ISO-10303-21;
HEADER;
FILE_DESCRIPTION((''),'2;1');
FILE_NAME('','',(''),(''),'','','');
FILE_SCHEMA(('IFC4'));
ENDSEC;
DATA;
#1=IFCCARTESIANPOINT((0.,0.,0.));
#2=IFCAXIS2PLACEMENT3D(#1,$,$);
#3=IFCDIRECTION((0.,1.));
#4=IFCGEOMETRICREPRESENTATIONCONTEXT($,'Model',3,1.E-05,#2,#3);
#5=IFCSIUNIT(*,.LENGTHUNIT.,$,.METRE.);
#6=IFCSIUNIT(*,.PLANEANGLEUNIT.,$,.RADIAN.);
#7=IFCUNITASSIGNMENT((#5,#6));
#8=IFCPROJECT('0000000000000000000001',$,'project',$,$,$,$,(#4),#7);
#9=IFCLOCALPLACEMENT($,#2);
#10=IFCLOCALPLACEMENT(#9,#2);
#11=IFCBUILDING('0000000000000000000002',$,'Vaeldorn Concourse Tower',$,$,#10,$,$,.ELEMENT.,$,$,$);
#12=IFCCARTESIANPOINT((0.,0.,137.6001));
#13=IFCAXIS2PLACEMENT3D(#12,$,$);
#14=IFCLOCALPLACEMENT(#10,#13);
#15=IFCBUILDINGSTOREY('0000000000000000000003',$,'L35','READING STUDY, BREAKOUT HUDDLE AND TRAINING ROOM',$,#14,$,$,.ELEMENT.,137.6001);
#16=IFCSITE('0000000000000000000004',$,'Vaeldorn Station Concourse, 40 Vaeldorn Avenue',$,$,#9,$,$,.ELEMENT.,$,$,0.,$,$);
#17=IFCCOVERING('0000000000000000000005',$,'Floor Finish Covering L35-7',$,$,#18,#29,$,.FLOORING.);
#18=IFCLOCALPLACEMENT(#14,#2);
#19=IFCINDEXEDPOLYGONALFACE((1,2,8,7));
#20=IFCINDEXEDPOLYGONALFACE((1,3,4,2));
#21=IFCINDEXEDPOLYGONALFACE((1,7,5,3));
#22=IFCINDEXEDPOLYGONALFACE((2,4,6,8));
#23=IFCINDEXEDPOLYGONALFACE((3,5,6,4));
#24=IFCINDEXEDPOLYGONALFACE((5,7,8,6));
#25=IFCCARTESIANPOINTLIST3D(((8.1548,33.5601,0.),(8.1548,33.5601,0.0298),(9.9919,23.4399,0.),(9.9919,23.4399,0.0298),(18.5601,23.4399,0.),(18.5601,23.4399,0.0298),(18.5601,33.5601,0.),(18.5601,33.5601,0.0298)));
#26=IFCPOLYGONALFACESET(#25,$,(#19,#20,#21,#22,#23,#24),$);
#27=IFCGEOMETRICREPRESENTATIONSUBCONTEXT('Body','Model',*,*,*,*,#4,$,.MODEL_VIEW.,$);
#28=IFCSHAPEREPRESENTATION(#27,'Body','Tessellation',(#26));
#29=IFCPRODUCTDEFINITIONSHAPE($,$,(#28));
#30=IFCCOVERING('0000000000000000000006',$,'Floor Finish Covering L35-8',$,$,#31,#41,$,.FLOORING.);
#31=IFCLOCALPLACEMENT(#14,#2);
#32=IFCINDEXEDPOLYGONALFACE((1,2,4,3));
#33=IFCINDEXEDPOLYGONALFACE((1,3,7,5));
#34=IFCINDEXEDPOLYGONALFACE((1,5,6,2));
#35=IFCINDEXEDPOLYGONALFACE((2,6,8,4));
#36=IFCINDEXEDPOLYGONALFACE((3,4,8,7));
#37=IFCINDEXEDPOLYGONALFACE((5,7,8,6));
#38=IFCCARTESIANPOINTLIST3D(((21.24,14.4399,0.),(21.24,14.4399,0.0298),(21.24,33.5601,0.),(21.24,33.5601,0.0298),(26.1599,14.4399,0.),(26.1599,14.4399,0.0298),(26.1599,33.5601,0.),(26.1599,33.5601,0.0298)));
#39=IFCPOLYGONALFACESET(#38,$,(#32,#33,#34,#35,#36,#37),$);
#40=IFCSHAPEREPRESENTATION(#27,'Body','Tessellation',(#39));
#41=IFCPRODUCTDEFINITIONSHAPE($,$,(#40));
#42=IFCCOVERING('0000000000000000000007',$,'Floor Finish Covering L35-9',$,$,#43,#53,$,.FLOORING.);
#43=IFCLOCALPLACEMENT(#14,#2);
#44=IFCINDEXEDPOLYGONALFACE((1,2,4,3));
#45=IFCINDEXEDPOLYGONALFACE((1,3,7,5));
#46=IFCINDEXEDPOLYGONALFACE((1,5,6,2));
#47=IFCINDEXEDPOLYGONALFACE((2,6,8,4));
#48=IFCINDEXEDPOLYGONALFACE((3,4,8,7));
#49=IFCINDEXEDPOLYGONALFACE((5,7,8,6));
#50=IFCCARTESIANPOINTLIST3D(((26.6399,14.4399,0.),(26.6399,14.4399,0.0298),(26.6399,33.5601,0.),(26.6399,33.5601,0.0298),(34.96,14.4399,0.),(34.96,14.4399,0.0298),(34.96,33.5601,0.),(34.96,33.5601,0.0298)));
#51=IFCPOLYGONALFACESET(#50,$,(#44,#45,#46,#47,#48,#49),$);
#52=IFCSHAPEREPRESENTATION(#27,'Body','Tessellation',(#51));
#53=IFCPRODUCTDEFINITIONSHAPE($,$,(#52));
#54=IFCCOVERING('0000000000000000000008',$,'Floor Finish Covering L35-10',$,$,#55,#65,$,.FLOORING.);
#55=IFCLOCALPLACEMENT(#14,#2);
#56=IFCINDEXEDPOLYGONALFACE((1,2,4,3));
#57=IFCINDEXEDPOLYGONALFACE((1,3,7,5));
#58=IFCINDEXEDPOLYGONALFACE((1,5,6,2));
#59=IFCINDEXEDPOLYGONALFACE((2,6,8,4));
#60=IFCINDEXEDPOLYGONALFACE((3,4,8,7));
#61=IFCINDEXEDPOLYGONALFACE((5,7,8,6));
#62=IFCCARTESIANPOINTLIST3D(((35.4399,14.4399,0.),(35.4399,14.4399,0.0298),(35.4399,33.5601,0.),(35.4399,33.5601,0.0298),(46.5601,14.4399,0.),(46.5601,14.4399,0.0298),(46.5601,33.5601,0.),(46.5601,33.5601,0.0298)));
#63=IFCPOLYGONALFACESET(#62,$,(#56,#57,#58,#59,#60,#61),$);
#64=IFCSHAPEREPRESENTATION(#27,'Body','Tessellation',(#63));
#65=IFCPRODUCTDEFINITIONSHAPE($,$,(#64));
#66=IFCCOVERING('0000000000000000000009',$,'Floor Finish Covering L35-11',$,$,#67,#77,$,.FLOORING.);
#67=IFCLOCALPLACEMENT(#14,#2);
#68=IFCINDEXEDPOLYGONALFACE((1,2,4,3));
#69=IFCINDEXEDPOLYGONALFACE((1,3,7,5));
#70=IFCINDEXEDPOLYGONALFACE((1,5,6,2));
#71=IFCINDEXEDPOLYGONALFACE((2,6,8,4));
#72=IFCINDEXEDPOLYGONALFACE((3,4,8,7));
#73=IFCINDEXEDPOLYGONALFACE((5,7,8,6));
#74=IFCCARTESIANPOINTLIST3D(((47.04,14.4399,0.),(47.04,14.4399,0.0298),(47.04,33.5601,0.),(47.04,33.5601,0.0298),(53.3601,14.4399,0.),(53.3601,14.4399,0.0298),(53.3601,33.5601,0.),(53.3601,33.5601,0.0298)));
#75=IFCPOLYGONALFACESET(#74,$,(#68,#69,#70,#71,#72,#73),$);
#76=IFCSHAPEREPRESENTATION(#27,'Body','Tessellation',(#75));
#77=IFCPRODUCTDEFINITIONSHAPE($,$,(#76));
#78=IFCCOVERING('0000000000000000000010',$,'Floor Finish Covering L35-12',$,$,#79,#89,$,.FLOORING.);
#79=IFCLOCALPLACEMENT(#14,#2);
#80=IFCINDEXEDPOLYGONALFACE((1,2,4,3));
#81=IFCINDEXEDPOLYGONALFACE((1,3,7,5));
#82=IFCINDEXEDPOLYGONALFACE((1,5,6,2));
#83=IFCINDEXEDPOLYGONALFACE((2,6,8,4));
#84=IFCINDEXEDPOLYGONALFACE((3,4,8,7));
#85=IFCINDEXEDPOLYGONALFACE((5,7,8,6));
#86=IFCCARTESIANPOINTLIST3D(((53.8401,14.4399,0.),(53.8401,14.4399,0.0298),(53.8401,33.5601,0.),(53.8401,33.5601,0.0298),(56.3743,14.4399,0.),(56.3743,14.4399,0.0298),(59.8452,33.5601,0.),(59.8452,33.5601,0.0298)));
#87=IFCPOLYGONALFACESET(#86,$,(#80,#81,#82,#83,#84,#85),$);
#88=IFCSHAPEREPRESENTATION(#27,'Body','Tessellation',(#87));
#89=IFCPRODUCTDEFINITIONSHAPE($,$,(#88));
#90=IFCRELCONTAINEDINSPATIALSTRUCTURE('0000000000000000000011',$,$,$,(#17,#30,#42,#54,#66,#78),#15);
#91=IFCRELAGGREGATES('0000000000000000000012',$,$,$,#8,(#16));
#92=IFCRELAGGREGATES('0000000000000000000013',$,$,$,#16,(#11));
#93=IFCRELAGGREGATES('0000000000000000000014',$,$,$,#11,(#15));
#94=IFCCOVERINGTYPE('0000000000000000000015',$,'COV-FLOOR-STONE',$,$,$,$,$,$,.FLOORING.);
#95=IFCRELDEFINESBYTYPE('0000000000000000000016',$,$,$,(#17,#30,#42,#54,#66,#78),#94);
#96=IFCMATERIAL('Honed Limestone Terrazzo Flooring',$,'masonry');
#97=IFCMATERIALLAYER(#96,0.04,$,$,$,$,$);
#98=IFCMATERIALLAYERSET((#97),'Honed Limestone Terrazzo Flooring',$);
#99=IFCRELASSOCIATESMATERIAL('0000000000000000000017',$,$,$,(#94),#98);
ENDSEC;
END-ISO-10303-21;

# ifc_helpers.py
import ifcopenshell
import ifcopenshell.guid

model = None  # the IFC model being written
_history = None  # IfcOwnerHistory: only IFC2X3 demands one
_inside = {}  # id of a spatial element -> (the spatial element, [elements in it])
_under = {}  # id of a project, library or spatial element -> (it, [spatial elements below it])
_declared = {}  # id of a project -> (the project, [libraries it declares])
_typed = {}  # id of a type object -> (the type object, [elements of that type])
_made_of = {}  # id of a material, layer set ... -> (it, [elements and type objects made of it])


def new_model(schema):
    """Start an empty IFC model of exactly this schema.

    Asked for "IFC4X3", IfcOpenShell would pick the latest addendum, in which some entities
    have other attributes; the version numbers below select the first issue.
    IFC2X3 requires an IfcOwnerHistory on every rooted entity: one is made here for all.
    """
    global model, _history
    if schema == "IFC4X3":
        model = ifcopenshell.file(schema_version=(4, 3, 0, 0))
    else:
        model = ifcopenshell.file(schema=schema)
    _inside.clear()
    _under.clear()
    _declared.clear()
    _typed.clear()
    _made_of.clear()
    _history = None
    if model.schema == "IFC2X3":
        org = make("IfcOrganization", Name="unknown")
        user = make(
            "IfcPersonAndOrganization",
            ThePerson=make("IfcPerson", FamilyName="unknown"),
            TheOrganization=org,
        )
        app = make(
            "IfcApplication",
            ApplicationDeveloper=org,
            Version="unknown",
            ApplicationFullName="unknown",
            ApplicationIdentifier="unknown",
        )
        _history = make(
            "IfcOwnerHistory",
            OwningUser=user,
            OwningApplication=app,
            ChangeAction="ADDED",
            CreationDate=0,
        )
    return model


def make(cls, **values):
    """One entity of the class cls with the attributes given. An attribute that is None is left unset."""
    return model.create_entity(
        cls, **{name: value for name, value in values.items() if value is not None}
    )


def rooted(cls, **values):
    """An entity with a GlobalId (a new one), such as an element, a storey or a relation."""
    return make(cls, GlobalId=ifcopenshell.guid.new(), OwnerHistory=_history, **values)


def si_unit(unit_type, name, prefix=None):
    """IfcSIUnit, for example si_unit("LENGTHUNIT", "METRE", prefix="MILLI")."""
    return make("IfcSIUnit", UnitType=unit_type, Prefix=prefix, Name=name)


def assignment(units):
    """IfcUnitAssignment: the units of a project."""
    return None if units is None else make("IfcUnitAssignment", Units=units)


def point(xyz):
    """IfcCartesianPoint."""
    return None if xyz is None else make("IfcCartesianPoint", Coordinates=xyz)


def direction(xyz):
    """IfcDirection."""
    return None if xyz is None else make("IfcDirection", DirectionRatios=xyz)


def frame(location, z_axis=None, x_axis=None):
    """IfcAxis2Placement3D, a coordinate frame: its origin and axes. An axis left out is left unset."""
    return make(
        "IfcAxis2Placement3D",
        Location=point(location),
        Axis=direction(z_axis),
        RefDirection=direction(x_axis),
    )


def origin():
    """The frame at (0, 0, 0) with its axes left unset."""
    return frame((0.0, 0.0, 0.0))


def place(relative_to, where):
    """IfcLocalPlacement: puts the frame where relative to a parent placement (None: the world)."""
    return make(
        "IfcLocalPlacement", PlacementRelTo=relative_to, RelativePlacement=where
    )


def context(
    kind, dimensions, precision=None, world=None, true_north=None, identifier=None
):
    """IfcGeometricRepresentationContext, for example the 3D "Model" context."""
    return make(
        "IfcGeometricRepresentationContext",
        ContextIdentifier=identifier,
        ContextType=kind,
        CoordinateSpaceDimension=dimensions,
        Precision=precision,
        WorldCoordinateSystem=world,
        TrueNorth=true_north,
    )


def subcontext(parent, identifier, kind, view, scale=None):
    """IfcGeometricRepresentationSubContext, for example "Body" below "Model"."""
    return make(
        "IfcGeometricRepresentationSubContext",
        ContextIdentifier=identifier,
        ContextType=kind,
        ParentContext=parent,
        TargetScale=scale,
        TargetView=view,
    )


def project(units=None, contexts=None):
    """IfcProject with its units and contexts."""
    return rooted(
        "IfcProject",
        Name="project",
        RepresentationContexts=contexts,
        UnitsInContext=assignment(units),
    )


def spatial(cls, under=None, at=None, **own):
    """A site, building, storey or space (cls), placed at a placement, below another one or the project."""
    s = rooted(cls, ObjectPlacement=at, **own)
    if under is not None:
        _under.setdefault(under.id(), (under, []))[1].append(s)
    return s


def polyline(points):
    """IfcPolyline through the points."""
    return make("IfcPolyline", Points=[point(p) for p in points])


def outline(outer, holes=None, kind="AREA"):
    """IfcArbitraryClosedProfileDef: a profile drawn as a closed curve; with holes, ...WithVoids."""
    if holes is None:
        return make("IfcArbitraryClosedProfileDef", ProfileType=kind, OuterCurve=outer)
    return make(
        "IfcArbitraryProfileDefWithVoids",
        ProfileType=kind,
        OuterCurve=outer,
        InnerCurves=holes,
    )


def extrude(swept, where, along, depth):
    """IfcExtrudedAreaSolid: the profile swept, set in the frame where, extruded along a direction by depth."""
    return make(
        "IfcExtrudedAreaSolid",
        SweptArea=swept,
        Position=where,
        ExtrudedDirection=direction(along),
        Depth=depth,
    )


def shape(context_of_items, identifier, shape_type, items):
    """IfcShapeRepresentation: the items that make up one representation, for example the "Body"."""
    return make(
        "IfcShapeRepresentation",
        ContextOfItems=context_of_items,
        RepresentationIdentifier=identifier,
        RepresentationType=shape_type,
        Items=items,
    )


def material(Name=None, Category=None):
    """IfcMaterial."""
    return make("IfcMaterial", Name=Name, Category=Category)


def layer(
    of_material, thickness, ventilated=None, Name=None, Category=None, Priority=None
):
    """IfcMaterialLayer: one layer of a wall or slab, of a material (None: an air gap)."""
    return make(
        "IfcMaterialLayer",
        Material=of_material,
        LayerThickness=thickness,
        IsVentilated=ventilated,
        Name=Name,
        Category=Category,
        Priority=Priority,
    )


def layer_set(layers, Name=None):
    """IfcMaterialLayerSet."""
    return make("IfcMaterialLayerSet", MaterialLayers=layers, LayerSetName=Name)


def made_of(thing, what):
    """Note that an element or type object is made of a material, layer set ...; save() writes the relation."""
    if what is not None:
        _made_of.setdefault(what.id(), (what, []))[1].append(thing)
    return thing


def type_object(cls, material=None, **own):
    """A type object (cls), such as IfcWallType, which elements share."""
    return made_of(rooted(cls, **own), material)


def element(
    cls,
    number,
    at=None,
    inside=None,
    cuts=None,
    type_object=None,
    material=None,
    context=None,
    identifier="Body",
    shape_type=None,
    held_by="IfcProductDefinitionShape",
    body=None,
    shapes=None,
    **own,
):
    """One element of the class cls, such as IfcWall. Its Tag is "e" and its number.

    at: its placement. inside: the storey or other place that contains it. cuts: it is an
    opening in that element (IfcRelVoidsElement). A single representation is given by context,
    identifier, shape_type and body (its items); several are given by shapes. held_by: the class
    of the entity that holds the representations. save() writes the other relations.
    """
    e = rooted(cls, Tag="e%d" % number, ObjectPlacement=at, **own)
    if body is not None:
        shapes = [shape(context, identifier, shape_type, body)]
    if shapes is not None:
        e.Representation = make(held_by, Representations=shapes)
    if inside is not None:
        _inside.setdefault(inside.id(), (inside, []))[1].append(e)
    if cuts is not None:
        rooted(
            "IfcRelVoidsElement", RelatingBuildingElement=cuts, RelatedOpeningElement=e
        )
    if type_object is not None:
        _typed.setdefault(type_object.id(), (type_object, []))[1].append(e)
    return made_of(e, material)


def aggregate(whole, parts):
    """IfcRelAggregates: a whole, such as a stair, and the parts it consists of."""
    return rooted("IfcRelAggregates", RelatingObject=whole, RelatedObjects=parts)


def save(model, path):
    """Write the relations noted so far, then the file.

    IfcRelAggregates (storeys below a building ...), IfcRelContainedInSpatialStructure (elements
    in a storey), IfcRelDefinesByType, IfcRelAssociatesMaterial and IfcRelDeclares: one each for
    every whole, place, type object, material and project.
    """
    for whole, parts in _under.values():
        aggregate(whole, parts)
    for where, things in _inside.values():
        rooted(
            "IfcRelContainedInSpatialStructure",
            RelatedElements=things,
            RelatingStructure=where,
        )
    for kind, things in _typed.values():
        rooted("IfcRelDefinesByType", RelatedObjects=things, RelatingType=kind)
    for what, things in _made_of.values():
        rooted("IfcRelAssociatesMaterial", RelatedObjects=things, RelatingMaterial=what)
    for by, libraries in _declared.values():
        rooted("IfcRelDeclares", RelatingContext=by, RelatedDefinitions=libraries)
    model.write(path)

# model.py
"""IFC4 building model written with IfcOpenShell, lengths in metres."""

from ifc_helpers import new_model, si_unit, direction, frame, origin, place, context, subcontext, project, spatial, polyline, outline, extrude, material, layer, layer_set, type_object, element, save


model = new_model("IFC4")

# Units and contexts
model_context = context("Model", 3, precision=1e-05, world=origin(), true_north=direction((0.0, 1.0)))
body_context = subcontext(model_context, "Body", "Model", "MODEL_VIEW")
ifc_project = project(units=[si_unit("LENGTHUNIT", "METRE"), si_unit("PLANEANGLEUNIT", "RADIAN")], contexts=[model_context])

# Site, building, storey
site_placement = place(None, origin())
site = spatial("IfcSite", under=ifc_project, at=site_placement, Name="Vaeldorn Station Concourse, 40 Vaeldorn Avenue", CompositionType="ELEMENT", RefElevation=0.0)
building_placement = place(site_placement, origin())
building = spatial("IfcBuilding", under=site, at=building_placement, Name="Vaeldorn Concourse Tower", CompositionType="ELEMENT")
storey_placement = place(building_placement, frame((0.0, 0.0, 137.6001)))
storey = spatial("IfcBuildingStorey", under=building, at=storey_placement, Name="L35", Description="READING STUDY, BREAKOUT HUDDLE AND TRAINING ROOM", CompositionType="ELEMENT", Elevation=137.6001)

# Coverings
ifc_material_1 = material(Name="Honed Limestone Terrazzo Flooring", Category="masonry")
ifc_layer_1 = layer(ifc_material_1, 0.04)
ifc_layer_set_1 = layer_set([ifc_layer_1], Name="Honed Limestone Terrazzo Flooring")
covering_type_1 = type_object("IfcCoveringType", Name="COV-FLOOR-STONE", PredefinedType="FLOORING", material=ifc_layer_set_1)
covering_1_placement = place(storey_placement, origin())
element("IfcCovering", 1, at=covering_1_placement, inside=storey, type_object=covering_type_1, Name="Floor Finish Covering L35-7", PredefinedType="FLOORING", context=body_context, shape_type="SweptSolid", body=[
    extrude(outline(polyline([(18.5601, 33.5601), (18.5601, 23.4399), (9.9919, 23.4399), (8.1548, 33.5601), (18.5601, 33.5601)])), origin(), (0.0, 0.0, 1.0), 0.0298),
])
covering_2_placement = place(storey_placement, origin())
element("IfcCovering", 2, at=covering_2_placement, inside=storey, type_object=covering_type_1, Name="Floor Finish Covering L35-8", PredefinedType="FLOORING", context=body_context, shape_type="SweptSolid", body=[
    extrude(outline(polyline([(21.24, 33.5601), (26.1599, 33.5601), (26.1599, 14.4399), (21.24, 14.4399), (21.24, 33.5601)])), origin(), (0.0, 0.0, 1.0), 0.0298),
])
covering_3_placement = place(storey_placement, origin())
element("IfcCovering", 3, at=covering_3_placement, inside=storey, type_object=covering_type_1, Name="Floor Finish Covering L35-9", PredefinedType="FLOORING", context=body_context, shape_type="SweptSolid", body=[
    extrude(outline(polyline([(26.6399, 33.5601), (34.96, 33.5601), (34.96, 14.4399), (26.6399, 14.4399), (26.6399, 33.5601)])), origin(), (0.0, 0.0, 1.0), 0.0298),
])
covering_4_placement = place(storey_placement, origin())
element("IfcCovering", 4, at=covering_4_placement, inside=storey, type_object=covering_type_1, Name="Floor Finish Covering L35-10", PredefinedType="FLOORING", context=body_context, shape_type="SweptSolid", body=[
    extrude(outline(polyline([(35.4399, 33.5601), (46.5601, 33.5601), (46.5601, 14.4399), (35.4399, 14.4399), (35.4399, 33.5601)])), origin(), (0.0, 0.0, 1.0), 0.0298),
])
covering_5_placement = place(storey_placement, origin())
element("IfcCovering", 5, at=covering_5_placement, inside=storey, type_object=covering_type_1, Name="Floor Finish Covering L35-11", PredefinedType="FLOORING", context=body_context, shape_type="SweptSolid", body=[
    extrude(outline(polyline([(47.04, 33.5601), (53.3601, 33.5601), (53.3601, 14.4399), (47.04, 14.4399), (47.04, 33.5601)])), origin(), (0.0, 0.0, 1.0), 0.0298),
])
covering_6_placement = place(storey_placement, origin())
element("IfcCovering", 6, at=covering_6_placement, inside=storey, type_object=covering_type_1, Name="Floor Finish Covering L35-12", PredefinedType="FLOORING", context=body_context, shape_type="SweptSolid", body=[
    extrude(outline(polyline([(53.8401, 14.4399), (53.8401, 33.5601), (59.8452, 33.5601), (56.3743, 14.4399), (53.8401, 14.4399)])), origin(), (0.0, 0.0, 1.0), 0.0298),
])

save(model, "model.ifc")
